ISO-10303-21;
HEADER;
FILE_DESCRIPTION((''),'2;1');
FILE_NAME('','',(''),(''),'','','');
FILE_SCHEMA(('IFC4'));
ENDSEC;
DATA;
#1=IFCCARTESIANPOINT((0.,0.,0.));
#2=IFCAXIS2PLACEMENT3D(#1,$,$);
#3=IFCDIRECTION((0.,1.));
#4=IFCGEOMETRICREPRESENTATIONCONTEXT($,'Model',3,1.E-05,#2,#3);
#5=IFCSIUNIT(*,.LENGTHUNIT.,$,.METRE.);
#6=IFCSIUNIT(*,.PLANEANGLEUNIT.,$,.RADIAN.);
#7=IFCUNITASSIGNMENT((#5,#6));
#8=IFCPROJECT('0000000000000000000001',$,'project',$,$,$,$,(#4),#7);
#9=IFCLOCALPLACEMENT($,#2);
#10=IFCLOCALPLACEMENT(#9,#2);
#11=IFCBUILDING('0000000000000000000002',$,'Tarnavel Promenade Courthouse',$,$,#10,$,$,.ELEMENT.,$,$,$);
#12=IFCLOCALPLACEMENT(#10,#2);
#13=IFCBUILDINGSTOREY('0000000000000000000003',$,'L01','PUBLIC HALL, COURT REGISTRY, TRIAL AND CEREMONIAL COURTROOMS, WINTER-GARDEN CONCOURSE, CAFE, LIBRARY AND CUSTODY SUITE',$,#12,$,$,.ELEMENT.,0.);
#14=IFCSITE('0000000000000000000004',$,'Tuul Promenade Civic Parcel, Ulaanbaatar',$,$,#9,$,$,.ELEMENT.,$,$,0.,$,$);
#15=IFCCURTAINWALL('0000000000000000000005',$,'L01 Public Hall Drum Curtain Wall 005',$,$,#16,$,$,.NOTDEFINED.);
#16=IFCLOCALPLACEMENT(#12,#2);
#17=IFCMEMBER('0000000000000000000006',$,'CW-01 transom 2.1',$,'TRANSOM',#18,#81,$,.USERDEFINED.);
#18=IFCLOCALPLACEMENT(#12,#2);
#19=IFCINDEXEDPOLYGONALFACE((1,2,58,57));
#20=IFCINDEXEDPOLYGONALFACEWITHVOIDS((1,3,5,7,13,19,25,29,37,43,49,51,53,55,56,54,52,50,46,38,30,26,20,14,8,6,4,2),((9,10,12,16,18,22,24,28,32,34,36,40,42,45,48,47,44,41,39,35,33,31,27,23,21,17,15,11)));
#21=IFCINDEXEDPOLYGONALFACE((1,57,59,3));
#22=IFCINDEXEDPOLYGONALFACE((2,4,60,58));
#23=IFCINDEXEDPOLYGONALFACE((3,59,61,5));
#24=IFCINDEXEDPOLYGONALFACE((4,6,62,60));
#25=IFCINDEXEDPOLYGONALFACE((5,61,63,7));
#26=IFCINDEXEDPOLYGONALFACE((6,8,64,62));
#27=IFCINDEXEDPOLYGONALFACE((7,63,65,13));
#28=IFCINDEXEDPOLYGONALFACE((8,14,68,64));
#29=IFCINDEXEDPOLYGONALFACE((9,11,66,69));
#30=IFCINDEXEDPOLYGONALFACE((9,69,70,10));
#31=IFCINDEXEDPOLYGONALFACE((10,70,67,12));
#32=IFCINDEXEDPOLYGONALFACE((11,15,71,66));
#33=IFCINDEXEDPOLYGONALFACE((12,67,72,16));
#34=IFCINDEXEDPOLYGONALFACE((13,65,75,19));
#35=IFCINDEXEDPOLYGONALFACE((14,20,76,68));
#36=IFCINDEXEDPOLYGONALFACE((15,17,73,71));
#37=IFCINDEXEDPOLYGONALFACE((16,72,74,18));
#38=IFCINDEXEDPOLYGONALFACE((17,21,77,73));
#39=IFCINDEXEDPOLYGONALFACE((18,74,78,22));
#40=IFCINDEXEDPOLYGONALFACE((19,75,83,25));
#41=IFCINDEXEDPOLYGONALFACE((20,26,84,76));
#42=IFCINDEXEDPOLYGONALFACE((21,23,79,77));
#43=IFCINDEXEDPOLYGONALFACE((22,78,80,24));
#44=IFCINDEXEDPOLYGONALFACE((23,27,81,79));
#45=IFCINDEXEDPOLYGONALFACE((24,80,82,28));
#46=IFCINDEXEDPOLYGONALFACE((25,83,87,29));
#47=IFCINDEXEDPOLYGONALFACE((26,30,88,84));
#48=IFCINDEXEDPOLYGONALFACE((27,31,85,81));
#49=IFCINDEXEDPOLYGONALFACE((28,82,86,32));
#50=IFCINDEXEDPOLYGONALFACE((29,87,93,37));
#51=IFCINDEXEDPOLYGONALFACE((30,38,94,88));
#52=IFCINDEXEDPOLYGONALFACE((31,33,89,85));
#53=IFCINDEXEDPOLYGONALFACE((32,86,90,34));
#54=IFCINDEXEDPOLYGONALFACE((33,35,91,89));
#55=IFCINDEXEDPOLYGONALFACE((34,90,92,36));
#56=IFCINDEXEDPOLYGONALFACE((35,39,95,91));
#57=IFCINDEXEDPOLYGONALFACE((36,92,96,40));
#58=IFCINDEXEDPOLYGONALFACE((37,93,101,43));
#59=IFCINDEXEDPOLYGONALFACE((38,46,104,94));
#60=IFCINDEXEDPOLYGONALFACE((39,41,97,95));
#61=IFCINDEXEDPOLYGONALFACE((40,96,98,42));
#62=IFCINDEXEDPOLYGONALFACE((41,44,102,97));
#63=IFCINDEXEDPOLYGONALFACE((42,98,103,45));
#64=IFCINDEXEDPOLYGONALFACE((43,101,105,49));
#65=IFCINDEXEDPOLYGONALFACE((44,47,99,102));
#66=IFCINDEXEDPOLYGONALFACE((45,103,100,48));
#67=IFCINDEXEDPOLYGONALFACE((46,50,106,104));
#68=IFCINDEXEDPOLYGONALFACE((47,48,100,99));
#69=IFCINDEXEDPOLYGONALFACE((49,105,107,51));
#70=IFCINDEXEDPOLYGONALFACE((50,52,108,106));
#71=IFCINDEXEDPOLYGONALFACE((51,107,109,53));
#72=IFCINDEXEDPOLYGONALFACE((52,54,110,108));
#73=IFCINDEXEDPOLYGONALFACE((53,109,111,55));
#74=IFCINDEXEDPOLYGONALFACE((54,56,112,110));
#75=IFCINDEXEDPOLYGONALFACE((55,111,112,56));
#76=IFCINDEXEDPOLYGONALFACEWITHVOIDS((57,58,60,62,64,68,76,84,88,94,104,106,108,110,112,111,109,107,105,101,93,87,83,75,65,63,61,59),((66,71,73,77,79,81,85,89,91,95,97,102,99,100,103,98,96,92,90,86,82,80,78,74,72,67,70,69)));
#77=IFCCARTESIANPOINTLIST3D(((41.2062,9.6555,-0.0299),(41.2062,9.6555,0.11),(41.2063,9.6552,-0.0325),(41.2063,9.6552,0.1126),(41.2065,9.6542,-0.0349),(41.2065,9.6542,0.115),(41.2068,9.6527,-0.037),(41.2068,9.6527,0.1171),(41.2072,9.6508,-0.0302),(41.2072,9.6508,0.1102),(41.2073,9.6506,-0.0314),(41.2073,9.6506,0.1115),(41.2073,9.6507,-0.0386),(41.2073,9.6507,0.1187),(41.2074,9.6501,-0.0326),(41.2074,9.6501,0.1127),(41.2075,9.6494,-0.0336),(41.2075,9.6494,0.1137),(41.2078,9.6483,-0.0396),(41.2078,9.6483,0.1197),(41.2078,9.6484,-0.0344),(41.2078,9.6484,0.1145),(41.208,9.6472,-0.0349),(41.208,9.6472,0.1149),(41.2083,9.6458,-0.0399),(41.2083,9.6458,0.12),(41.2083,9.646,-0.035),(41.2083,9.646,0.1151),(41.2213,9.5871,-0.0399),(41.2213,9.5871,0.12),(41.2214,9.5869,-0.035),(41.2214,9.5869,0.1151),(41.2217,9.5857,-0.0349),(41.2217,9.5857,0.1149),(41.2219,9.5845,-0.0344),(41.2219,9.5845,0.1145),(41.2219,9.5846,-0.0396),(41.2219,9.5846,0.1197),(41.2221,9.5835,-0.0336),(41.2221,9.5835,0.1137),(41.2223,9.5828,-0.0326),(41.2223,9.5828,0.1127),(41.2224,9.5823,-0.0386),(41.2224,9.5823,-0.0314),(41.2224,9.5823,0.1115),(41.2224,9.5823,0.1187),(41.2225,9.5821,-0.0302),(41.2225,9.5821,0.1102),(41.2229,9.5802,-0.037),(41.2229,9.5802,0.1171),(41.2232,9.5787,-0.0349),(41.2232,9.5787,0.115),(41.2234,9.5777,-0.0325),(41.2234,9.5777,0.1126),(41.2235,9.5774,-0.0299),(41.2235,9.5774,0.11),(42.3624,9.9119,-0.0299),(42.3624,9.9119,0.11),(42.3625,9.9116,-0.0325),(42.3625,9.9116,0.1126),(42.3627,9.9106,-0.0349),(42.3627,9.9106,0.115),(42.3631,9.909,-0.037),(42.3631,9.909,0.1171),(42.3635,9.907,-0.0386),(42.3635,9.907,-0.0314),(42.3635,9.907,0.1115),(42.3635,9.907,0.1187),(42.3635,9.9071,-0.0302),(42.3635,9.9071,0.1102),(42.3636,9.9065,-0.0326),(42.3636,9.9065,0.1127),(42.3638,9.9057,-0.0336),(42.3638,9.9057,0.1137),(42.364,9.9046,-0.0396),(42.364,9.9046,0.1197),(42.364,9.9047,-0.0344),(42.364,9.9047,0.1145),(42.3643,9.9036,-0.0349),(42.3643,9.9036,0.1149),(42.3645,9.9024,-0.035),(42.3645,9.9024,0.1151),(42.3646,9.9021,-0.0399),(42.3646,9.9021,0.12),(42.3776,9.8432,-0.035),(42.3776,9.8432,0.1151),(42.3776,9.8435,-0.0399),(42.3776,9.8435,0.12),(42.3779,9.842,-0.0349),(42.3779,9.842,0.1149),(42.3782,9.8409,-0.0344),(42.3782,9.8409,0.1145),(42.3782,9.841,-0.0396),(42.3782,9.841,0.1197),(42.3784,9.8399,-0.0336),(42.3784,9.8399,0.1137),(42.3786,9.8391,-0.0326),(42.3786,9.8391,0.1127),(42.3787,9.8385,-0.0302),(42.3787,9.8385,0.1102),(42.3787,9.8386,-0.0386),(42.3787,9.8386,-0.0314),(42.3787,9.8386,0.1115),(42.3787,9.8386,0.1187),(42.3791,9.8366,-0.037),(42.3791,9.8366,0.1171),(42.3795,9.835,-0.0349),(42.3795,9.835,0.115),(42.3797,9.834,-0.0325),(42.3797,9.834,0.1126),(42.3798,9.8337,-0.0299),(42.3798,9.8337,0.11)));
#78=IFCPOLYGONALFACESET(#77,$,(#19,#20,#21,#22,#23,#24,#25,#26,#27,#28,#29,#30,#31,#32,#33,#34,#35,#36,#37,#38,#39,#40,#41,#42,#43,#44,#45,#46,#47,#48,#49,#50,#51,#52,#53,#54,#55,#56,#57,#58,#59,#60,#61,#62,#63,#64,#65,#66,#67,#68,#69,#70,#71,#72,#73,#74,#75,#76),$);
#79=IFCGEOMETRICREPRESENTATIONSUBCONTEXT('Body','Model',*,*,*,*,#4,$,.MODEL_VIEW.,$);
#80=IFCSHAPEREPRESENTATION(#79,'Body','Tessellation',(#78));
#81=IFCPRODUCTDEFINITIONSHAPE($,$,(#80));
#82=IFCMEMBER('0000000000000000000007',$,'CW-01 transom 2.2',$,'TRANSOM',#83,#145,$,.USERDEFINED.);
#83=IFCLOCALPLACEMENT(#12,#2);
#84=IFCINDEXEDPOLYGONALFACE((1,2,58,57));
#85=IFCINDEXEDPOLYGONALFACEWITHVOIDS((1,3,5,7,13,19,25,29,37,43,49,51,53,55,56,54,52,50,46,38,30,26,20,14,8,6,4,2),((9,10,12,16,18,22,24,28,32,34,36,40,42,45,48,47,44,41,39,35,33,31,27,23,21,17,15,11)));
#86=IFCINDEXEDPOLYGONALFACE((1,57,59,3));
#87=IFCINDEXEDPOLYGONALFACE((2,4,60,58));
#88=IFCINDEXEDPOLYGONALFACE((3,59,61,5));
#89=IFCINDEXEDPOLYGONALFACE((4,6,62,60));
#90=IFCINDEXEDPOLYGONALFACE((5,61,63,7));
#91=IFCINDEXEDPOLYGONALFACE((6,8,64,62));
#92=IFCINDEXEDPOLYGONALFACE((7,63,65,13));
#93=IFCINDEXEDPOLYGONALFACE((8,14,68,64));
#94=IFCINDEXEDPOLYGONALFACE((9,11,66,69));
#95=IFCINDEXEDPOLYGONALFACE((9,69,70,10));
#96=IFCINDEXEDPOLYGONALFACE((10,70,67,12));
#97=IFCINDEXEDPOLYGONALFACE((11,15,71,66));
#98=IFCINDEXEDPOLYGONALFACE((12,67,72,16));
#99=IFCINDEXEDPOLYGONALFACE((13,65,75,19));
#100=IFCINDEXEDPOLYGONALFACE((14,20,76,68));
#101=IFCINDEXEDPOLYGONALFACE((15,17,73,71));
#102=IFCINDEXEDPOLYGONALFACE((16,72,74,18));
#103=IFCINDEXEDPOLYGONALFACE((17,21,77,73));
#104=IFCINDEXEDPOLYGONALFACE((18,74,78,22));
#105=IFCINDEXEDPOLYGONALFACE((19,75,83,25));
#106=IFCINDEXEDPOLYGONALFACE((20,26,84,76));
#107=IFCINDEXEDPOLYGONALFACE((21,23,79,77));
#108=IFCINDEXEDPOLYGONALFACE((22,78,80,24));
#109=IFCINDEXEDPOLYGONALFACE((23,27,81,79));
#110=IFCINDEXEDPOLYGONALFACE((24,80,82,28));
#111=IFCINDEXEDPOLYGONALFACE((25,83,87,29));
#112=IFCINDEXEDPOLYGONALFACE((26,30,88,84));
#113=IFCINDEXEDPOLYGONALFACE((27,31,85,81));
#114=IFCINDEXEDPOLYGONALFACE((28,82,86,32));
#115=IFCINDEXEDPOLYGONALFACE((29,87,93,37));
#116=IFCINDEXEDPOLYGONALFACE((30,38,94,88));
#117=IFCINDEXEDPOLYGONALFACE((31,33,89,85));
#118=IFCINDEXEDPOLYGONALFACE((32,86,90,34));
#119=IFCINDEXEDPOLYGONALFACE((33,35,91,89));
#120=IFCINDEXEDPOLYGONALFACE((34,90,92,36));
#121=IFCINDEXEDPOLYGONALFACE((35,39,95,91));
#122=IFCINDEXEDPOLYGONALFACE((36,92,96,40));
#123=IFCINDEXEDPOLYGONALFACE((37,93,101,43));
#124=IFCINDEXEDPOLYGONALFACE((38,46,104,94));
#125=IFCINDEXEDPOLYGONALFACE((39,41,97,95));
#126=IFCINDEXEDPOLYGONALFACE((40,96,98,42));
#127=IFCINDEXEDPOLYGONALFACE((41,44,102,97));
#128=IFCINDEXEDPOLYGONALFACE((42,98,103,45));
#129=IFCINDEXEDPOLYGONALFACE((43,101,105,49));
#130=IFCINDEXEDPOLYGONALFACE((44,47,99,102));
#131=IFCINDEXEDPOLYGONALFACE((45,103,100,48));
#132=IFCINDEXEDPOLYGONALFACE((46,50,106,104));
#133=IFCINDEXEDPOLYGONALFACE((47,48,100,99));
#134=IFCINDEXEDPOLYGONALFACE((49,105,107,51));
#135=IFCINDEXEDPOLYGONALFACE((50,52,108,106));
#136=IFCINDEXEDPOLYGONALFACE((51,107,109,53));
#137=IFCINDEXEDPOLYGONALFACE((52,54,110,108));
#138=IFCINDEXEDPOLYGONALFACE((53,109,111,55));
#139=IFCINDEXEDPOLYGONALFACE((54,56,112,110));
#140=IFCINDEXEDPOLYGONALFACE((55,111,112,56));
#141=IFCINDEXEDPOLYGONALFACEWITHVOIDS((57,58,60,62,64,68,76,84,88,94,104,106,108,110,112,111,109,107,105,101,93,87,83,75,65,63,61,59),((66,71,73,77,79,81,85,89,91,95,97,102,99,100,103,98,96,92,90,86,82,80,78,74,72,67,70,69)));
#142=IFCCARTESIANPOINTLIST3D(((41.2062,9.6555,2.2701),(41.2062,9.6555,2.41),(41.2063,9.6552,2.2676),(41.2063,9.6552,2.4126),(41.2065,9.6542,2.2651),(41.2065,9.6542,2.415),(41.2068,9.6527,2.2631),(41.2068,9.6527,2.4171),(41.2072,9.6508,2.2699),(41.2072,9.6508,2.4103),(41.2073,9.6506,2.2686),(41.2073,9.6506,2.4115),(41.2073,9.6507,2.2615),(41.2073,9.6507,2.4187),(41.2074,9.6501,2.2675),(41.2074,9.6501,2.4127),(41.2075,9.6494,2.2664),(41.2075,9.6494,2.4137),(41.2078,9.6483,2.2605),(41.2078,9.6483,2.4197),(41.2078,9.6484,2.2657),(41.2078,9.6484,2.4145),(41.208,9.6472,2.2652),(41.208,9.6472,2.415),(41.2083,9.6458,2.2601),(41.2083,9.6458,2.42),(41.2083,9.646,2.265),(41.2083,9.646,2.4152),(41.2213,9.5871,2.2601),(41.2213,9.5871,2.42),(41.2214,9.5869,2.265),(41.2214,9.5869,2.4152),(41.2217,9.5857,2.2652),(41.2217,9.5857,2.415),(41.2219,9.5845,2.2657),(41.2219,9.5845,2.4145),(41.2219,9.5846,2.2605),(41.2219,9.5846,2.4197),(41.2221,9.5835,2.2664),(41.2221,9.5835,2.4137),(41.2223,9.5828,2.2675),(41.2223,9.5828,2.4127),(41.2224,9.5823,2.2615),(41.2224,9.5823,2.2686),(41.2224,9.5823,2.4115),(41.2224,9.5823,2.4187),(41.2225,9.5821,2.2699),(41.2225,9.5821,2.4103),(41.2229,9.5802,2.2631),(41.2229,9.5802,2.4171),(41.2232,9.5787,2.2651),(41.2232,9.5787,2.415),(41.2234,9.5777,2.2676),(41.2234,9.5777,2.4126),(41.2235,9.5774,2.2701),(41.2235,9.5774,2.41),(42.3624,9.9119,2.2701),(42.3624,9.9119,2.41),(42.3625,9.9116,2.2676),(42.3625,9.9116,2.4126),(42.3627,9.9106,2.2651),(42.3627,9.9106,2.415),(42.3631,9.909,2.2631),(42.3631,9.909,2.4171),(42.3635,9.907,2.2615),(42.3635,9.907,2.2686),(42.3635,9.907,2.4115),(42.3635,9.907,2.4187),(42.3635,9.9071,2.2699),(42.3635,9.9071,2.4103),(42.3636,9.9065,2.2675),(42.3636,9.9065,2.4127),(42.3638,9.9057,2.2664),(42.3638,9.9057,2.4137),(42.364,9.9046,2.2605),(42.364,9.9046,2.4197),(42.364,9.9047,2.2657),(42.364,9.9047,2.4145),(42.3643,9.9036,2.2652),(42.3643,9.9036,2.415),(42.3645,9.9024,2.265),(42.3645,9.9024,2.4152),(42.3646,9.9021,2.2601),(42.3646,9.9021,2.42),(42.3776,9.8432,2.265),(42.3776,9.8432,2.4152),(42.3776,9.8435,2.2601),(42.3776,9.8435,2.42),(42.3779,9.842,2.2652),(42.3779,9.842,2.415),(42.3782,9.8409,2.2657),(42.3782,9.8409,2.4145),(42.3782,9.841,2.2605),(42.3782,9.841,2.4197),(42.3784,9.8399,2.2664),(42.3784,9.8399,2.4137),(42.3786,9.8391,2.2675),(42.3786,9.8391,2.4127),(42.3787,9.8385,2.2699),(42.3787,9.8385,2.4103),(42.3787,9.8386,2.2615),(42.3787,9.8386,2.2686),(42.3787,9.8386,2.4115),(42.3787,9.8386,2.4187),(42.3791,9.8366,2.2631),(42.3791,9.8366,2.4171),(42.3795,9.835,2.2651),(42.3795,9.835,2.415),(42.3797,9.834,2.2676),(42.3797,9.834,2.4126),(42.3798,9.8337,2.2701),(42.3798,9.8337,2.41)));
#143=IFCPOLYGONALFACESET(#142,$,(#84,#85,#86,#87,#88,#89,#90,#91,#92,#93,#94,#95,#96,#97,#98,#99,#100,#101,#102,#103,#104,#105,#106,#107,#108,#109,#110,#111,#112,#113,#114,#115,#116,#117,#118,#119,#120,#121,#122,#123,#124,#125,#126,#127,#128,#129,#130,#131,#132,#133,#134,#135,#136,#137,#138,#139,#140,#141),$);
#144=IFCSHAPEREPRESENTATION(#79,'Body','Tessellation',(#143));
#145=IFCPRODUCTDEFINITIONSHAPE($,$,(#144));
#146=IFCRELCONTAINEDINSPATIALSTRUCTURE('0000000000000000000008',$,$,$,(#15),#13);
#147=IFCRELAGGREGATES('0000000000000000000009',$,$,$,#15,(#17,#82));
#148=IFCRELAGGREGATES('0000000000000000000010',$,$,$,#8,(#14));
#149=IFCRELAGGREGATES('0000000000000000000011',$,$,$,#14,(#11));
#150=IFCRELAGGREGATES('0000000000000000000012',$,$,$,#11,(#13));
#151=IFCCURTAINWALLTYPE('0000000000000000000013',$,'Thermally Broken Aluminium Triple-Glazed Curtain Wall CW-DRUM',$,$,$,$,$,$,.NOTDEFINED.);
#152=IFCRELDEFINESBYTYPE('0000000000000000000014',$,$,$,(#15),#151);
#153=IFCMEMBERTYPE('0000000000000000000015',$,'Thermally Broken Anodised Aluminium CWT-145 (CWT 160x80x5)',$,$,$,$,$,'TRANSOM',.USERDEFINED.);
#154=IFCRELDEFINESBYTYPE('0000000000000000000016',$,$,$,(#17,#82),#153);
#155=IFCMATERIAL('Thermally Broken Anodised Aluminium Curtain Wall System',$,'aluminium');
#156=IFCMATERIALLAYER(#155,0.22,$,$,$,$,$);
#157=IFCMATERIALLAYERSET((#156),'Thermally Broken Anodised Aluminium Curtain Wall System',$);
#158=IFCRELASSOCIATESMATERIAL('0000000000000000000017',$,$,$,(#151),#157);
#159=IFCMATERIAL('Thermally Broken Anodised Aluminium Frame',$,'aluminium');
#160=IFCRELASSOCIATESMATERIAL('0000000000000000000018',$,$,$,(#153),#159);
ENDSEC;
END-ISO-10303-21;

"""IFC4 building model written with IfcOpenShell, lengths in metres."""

from ifc_helpers import new_model, si_unit, direction, frame, origin, origin_2d, place, context, subcontext, project, spatial, hollow_rectangle, extrude, material, layer, layer_set, material_profile, profile_set, type_object, element, aggregate, save


model = new_model("IFC4")

# Units and contexts
model_context = context("Model", 3, precision=1e-05, world=origin(), true_north=direction((0.0, 1.0)))
body_context = subcontext(model_context, "Body", "Model", "MODEL_VIEW")
ifc_project = project(units=[si_unit("LENGTHUNIT", "METRE"), si_unit("PLANEANGLEUNIT", "RADIAN")], contexts=[model_context])

# Site, building, storey
site_placement = place(None, origin())
site = spatial("IfcSite", under=ifc_project, at=site_placement, Name="Tuul Promenade Civic Parcel, Ulaanbaatar", CompositionType="ELEMENT", RefElevation=0.0)
building_placement = place(site_placement, origin())
building = spatial("IfcBuilding", under=site, at=building_placement, Name="Tarnavel Promenade Courthouse", CompositionType="ELEMENT")
storey_placement = place(building_placement, origin())
storey = spatial("IfcBuildingStorey", under=building, at=storey_placement, Name="L01", Description="PUBLIC HALL, COURT REGISTRY, TRIAL AND CEREMONIAL COURTROOMS, WINTER-GARDEN CONCOURSE, CAFE, LIBRARY AND CUSTODY SUITE", CompositionType="ELEMENT", Elevation=0.0)

# Curtain wall
ifc_material_1 = material(Name="Thermally Broken Anodised Aluminium Curtain Wall System", Category="aluminium")
ifc_layer_1 = layer(ifc_material_1, 0.22)
ifc_layer_set_1 = layer_set([ifc_layer_1], Name="Thermally Broken Anodised Aluminium Curtain Wall System")
curtain_wall_type = type_object("IfcCurtainWallType", Name="Thermally Broken Aluminium Triple-Glazed Curtain Wall CW-DRUM", PredefinedType="NOTDEFINED", material=ifc_layer_set_1)
curtain_wall_1_placement = place(storey_placement, origin())
curtain_wall_1 = element("IfcCurtainWall", 1, at=curtain_wall_1_placement, inside=storey, type_object=curtain_wall_type, Name="L01 Public Hall Drum Curtain Wall 005", PredefinedType="NOTDEFINED")
ifc_material_2 = material(Name="Thermally Broken Anodised Aluminium Frame", Category="aluminium")

# Members
ifc_material_profile_1 = material_profile(ifc_material_2, hollow_rectangle(XDim=0.0801, YDim=0.1599, WallThickness=0.0049, InnerFilletRadius=0.0049, OuterFilletRadius=0.01, at=origin_2d()), Name="CWT 160x80x5")
ifc_profile_set_1 = profile_set([ifc_material_profile_1], Name="Thermally Broken Anodised Aluminium Frame")
member_type_1 = type_object("IfcMemberType", Name="Thermally Broken Anodised Aluminium CWT-145 (CWT 160x80x5)", ElementType="TRANSOM", PredefinedType="USERDEFINED", material=ifc_profile_set_1)
member_1_placement = place(storey_placement, frame((41.2148, 9.6165, 0.04), z_axis=(0.976294, 0.21645, 0.0), x_axis=(-0.21645, 0.976294, 0.0)))
member_1 = element("IfcMember", 2, at=member_1_placement, type_object=member_type_1, Name="CW-01 transom 2.1", ObjectType="TRANSOM", PredefinedType="USERDEFINED", context=body_context, shape_type="SweptSolid", body=[
    extrude(hollow_rectangle(XDim=0.0801, YDim=0.1599, WallThickness=0.0049, InnerFilletRadius=0.0049, OuterFilletRadius=0.01, at=origin_2d()), origin(), (0.0, 0.0, 1.0), 1.1843),
])
member_2_placement = place(storey_placement, frame((41.2148, 9.6165, 2.3401), z_axis=(0.976294, 0.21645, 0.0), x_axis=(-0.21645, 0.976294, 0.0)))
member_2 = element("IfcMember", 3, at=member_2_placement, type_object=member_type_1, Name="CW-01 transom 2.2", ObjectType="TRANSOM", PredefinedType="USERDEFINED", context=body_context, shape_type="SweptSolid", body=[
    extrude(hollow_rectangle(XDim=0.0801, YDim=0.1599, WallThickness=0.0049, InnerFilletRadius=0.0049, OuterFilletRadius=0.01, at=origin_2d()), origin(), (0.0, 0.0, 1.0), 1.1843),
])

aggregate(curtain_wall_1, [member_1, member_2])

save(model, "model.ifc")
